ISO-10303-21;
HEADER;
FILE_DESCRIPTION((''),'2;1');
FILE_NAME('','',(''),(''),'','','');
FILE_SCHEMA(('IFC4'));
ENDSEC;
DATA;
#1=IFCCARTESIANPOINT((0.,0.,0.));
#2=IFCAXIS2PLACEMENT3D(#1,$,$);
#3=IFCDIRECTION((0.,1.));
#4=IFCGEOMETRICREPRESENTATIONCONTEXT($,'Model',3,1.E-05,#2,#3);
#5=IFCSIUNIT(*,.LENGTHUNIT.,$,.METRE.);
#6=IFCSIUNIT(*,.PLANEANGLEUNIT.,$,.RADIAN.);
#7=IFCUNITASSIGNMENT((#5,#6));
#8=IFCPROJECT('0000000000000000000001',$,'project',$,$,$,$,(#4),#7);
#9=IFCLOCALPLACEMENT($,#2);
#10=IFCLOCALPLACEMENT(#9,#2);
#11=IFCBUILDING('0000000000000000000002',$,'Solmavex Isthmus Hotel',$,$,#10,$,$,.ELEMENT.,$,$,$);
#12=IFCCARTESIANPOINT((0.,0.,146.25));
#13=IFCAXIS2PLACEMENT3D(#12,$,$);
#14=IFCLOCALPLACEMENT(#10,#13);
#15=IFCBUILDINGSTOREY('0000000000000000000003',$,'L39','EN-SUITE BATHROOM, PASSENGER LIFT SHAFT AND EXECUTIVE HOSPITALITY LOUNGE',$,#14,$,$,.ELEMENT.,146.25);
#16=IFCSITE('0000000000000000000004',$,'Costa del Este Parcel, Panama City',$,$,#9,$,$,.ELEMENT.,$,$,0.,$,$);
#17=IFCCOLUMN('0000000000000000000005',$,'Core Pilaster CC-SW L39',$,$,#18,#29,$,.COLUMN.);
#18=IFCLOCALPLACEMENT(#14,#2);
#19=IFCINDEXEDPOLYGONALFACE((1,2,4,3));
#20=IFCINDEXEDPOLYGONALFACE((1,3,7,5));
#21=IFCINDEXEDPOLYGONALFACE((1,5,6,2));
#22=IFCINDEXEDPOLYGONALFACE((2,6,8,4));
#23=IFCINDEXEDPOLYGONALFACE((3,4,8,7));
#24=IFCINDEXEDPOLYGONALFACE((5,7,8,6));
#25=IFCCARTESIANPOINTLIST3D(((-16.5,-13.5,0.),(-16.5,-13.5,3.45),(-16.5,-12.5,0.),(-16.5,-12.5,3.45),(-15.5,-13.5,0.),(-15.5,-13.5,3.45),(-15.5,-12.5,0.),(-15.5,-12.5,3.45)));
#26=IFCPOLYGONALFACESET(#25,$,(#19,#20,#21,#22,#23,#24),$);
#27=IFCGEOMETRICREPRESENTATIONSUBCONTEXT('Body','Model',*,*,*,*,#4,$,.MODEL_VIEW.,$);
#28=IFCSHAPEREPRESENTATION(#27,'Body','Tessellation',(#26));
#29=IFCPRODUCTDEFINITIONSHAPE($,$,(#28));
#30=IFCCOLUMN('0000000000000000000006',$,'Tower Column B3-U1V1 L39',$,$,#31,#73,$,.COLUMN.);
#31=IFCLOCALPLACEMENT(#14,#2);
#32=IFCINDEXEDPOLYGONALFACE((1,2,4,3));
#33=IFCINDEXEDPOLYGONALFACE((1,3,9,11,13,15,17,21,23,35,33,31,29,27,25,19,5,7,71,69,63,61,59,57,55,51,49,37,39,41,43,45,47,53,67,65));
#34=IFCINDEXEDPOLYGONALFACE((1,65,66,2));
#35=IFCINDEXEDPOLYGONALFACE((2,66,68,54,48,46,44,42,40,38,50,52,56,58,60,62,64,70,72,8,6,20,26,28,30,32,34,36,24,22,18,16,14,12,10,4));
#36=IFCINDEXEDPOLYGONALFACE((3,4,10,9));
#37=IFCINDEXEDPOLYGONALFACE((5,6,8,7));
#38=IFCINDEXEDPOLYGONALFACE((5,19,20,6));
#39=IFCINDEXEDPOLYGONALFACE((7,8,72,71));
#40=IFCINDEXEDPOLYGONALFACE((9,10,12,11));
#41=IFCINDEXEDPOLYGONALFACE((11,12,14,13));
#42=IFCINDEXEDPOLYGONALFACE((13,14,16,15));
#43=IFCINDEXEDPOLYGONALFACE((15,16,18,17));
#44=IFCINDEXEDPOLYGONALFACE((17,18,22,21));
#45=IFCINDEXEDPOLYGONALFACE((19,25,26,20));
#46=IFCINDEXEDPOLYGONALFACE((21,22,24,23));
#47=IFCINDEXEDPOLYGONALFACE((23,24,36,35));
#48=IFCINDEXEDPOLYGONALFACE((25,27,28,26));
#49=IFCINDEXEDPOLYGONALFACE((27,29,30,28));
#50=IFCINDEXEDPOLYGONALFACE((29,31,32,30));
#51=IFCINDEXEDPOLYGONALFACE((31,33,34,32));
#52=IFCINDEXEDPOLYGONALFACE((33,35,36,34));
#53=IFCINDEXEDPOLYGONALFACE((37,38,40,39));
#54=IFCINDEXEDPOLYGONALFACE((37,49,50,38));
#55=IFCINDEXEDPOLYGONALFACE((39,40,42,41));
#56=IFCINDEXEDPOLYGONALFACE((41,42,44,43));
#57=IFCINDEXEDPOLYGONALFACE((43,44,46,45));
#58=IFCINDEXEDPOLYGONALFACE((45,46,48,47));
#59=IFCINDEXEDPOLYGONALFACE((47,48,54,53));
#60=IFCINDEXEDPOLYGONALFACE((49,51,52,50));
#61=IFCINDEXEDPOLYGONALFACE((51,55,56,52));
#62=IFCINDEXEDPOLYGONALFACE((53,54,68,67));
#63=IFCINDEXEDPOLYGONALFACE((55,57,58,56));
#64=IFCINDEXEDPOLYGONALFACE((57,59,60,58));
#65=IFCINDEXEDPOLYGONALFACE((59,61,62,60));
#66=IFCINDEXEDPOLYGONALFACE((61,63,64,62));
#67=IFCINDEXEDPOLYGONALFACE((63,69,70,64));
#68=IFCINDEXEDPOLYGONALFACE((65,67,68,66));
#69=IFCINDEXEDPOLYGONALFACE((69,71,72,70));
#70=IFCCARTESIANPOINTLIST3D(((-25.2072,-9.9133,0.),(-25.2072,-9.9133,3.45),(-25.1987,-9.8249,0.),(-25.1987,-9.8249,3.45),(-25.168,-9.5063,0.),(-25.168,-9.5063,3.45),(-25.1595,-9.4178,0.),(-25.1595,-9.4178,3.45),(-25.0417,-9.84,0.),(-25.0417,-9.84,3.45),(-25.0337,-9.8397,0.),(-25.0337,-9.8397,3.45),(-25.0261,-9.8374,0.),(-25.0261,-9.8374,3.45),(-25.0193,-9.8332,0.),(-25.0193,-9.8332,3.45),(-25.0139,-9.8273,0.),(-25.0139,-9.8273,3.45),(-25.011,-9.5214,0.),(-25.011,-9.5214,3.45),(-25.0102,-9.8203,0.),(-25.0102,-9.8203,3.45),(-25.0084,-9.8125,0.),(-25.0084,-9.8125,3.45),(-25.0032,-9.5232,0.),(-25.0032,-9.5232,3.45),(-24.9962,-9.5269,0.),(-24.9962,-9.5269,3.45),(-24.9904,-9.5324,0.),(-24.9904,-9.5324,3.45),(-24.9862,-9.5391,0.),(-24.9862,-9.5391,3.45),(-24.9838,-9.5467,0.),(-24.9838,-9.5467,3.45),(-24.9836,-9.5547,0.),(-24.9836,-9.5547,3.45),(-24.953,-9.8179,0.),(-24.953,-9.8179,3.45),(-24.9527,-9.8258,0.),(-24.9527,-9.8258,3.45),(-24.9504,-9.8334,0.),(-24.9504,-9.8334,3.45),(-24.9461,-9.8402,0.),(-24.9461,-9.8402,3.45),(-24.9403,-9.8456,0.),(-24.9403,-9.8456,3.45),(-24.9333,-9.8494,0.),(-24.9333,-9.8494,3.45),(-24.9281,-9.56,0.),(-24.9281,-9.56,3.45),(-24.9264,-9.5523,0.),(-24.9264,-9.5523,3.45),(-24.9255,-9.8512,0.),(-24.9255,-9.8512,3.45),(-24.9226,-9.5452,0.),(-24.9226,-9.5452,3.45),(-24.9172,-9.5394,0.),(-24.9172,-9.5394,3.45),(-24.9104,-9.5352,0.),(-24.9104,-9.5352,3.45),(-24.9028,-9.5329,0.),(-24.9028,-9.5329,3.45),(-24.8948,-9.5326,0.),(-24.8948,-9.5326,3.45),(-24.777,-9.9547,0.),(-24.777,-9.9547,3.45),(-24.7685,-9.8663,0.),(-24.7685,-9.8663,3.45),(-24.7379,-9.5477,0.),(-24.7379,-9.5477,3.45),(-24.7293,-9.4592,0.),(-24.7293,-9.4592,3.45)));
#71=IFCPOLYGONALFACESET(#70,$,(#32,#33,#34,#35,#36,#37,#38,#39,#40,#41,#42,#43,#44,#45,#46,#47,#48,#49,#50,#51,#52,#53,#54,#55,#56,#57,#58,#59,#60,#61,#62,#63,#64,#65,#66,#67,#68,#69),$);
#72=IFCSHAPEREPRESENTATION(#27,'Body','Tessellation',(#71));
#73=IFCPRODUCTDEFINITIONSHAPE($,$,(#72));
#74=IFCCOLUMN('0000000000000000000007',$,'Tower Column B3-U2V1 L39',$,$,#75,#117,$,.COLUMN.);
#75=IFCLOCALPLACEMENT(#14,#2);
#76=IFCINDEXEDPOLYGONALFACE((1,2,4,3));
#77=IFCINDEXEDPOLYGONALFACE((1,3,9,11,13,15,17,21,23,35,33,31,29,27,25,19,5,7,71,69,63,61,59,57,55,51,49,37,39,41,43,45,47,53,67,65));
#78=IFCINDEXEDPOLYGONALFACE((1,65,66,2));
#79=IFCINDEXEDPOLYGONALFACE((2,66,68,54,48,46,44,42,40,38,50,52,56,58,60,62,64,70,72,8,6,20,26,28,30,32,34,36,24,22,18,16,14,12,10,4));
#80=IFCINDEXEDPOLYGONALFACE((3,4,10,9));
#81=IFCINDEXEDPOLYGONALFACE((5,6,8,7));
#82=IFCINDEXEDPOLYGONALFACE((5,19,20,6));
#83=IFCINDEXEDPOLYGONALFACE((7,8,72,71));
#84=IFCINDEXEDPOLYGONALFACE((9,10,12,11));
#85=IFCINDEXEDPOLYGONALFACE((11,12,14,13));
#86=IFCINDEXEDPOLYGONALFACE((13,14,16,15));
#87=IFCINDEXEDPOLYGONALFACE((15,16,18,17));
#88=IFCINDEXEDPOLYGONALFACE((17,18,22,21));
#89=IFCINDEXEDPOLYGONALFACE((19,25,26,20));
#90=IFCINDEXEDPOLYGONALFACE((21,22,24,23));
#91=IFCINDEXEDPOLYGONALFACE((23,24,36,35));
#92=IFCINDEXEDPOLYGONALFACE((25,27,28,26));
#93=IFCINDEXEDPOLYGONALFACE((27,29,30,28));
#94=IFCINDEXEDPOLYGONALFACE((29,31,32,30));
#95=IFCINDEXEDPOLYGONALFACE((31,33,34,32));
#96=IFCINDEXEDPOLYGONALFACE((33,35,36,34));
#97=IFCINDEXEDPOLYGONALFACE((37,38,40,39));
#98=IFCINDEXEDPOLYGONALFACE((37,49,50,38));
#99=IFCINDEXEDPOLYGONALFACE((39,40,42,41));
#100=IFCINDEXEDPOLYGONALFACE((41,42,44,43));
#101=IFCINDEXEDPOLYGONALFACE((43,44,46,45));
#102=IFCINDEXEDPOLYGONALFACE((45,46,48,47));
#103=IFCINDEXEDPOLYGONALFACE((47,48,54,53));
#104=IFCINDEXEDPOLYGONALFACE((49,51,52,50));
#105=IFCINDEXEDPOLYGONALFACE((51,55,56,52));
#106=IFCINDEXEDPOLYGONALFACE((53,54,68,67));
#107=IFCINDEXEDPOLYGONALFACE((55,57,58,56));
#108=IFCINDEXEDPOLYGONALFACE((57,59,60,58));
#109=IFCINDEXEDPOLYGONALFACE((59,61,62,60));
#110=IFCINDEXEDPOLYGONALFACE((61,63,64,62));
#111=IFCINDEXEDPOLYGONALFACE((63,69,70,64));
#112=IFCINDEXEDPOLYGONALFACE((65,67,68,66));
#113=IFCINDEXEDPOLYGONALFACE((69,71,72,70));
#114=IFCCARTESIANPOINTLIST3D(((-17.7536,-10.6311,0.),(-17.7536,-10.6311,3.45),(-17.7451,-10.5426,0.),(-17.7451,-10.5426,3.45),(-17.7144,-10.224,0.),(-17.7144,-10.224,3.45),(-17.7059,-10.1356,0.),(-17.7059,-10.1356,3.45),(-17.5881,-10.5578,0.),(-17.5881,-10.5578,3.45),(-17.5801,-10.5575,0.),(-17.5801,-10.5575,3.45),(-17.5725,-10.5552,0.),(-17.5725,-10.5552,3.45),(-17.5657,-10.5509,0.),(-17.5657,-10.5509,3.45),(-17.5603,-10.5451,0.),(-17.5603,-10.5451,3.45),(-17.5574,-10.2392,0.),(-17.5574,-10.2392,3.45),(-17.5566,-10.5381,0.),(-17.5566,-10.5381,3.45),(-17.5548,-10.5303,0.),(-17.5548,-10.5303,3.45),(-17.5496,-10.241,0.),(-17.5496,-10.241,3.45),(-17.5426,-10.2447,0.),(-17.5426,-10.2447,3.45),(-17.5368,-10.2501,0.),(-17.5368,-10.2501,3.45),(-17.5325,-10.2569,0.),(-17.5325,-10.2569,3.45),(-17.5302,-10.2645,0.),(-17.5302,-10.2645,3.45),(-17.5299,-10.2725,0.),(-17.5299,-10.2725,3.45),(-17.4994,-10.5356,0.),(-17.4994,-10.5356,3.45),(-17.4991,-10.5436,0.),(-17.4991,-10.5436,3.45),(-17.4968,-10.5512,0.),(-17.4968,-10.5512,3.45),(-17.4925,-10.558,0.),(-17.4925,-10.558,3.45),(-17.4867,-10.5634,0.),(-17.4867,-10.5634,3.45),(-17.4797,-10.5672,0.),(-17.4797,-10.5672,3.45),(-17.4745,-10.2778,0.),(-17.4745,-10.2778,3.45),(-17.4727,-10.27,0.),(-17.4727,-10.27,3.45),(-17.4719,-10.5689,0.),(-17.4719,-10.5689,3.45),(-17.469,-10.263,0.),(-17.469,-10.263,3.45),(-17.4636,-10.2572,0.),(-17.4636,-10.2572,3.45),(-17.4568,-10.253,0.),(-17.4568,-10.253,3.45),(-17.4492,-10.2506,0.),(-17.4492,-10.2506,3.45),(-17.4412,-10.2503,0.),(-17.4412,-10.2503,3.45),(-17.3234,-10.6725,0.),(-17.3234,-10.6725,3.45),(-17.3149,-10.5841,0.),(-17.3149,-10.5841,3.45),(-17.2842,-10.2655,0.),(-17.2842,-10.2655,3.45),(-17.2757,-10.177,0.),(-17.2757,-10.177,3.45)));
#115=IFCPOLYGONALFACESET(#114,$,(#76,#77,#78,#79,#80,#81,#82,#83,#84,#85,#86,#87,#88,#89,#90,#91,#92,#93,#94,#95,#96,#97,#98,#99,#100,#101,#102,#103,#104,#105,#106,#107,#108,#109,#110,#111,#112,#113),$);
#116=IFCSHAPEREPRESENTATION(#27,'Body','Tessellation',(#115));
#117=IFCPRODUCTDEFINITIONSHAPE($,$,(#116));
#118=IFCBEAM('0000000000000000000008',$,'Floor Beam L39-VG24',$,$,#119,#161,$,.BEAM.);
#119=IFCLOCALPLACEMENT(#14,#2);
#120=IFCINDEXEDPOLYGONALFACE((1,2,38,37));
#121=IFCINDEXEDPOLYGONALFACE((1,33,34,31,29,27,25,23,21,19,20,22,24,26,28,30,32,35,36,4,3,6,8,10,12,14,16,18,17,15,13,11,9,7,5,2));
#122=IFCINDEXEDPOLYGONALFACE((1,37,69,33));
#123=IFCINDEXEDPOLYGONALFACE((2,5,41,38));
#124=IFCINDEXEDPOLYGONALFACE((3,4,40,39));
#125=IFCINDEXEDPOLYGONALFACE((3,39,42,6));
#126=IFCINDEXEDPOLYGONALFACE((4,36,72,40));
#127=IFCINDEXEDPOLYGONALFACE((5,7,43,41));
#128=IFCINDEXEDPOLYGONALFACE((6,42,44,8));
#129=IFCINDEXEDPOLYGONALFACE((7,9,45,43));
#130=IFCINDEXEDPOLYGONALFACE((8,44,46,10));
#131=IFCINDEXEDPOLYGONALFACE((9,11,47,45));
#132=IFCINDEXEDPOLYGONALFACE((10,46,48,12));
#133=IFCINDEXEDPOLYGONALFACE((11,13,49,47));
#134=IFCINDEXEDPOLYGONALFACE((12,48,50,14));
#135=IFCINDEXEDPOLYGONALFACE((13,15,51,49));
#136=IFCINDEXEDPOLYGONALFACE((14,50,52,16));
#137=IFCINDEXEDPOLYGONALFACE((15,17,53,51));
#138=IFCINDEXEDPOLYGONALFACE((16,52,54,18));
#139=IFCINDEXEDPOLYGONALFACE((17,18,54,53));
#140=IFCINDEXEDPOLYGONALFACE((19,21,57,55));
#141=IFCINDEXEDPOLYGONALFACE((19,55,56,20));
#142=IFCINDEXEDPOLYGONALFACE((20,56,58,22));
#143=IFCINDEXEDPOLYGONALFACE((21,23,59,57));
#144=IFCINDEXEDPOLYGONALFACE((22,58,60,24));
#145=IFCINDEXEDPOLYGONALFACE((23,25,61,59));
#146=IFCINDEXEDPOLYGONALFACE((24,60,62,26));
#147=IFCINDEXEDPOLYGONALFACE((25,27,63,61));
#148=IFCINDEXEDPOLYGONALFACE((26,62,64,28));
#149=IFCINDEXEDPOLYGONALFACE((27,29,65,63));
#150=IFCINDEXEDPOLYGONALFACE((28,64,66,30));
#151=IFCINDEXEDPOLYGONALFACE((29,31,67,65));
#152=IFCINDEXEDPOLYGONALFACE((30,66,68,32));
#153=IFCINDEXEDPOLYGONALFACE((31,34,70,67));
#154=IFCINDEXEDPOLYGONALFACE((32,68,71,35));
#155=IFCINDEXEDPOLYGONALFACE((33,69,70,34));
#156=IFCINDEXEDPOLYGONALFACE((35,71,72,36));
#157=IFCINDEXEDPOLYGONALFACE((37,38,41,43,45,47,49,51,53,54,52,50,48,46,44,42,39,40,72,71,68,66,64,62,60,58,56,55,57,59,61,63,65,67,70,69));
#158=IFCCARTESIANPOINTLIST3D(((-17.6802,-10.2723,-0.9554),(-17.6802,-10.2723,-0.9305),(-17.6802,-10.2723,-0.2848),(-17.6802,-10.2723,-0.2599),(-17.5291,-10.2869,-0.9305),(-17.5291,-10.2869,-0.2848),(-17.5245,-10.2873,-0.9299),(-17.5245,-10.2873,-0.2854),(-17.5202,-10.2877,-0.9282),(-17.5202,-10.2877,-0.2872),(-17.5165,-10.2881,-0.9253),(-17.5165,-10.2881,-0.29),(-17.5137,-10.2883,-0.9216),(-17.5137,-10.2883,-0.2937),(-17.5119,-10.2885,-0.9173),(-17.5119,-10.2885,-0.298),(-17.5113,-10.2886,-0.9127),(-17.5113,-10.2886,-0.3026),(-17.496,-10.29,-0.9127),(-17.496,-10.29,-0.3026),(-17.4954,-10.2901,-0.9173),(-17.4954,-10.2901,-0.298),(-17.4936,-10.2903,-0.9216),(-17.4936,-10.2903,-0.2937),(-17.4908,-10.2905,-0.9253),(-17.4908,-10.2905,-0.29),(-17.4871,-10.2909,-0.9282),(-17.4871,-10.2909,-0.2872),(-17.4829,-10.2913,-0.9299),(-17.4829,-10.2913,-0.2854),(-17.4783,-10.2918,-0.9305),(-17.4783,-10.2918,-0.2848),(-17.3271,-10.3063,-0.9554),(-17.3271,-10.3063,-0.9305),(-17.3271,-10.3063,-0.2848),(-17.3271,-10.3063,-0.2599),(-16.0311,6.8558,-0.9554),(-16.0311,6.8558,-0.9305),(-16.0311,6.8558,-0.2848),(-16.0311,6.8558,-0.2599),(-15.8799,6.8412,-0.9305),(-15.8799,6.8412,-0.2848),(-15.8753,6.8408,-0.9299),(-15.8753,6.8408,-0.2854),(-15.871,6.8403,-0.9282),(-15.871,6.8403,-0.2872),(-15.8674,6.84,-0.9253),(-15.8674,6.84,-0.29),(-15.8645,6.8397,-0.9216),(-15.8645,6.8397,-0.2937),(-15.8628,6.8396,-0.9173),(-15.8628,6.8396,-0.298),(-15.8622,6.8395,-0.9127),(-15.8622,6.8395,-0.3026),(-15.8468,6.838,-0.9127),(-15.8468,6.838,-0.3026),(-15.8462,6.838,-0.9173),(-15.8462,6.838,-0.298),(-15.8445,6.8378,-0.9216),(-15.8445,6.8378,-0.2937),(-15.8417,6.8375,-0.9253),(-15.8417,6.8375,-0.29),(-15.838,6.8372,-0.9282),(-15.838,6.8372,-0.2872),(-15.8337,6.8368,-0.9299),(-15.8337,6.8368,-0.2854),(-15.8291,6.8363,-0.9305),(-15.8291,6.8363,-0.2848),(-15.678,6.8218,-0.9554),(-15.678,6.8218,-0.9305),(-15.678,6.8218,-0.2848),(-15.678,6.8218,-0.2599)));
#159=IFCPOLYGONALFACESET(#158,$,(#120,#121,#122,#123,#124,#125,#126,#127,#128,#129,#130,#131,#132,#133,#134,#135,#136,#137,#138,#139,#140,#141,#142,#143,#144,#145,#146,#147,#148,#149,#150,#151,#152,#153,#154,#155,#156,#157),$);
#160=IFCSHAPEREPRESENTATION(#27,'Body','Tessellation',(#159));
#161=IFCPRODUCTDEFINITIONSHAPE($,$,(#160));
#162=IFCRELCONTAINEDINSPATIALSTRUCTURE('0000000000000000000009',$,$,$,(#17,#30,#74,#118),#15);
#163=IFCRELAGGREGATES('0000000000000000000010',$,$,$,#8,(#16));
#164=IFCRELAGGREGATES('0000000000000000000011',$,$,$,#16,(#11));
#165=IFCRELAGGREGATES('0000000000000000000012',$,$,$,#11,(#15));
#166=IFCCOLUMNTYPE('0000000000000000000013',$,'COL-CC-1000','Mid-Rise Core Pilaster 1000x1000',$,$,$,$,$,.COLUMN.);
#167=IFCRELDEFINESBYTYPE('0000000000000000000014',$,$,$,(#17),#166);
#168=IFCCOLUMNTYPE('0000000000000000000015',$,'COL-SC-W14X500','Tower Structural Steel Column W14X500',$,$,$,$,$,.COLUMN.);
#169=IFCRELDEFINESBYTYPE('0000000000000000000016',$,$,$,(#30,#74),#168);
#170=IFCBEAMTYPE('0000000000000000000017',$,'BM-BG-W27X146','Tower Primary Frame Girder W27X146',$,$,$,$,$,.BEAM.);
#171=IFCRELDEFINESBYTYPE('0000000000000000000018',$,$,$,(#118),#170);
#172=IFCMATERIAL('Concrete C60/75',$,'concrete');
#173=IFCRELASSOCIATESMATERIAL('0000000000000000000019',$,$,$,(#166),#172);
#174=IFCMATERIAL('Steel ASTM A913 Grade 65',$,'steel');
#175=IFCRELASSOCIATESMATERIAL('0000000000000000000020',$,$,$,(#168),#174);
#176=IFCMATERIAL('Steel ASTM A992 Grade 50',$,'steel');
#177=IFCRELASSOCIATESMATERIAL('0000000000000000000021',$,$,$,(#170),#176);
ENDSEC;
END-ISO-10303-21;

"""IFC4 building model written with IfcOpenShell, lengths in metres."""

from ifc_helpers import new_model, si_unit, direction, frame, origin, origin_2d, place, context, subcontext, project, spatial, rectangle, i_section, extrude, material, material_profile, profile_set, type_object, element, save


model = new_model("IFC4")

# Units and contexts
model_context = context("Model", 3, precision=1e-05, world=origin(), true_north=direction((0.0, 1.0)))
body_context = subcontext(model_context, "Body", "Model", "MODEL_VIEW")
ifc_project = project(units=[si_unit("LENGTHUNIT", "METRE"), si_unit("PLANEANGLEUNIT", "RADIAN")], contexts=[model_context])

# Site, building, storey
site_placement = place(None, origin())
site = spatial("IfcSite", under=ifc_project, at=site_placement, Name="Costa del Este Parcel, Panama City", CompositionType="ELEMENT", RefElevation=0.0)
building_placement = place(site_placement, origin())
building = spatial("IfcBuilding", under=site, at=building_placement, Name="Solmavex Isthmus Hotel", CompositionType="ELEMENT")
storey_placement = place(building_placement, frame((0.0, 0.0, 146.25)))
storey = spatial("IfcBuildingStorey", under=building, at=storey_placement, Name="L39", Description="EN-SUITE BATHROOM, PASSENGER LIFT SHAFT AND EXECUTIVE HOSPITALITY LOUNGE", CompositionType="ELEMENT", Elevation=146.25)

# Columns
ifc_material_1 = material(Name="Concrete C60/75", Category="concrete")
ifc_material_profile_1 = material_profile(ifc_material_1, rectangle(XDim=1.0, YDim=1.0, at=origin_2d()), Name="RC1000X1000")
ifc_profile_set_1 = profile_set([ifc_material_profile_1], Name="Concrete C60/75")
column_type_1 = type_object("IfcColumnType", Name="COL-CC-1000", Description="Mid-Rise Core Pilaster 1000x1000", PredefinedType="COLUMN", material=ifc_profile_set_1)
column_placement = place(storey_placement, frame((-16.0, -13.0, 0.0), z_axis=(0.0, 0.0, 1.0), x_axis=(1.0, 0.0, 0.0)))
element("IfcColumn", 1, at=column_placement, inside=storey, type_object=column_type_1, Name="Core Pilaster CC-SW L39", PredefinedType="COLUMN", context=body_context, shape_type="SweptSolid", body=[
    extrude(rectangle(XDim=1.0, YDim=1.0, at=origin_2d()), origin(), (0.0, 0.0, 1.0), 3.45),
])
ifc_material_2 = material(Name="Steel ASTM A913 Grade 65", Category="steel")
ifc_material_profile_2 = material_profile(ifc_material_2, i_section(OverallWidth=0.4321, OverallDepth=0.4978, WebThickness=0.0557, FlangeThickness=0.0889, FilletRadius=0.0305, at=origin_2d()), Name="W14X500")
ifc_profile_set_2 = profile_set([ifc_material_profile_2], Name="Steel ASTM A913 Grade 65")
column_type_2 = type_object("IfcColumnType", Name="COL-SC-W14X500", Description="Tower Structural Steel Column W14X500", PredefinedType="COLUMN", material=ifc_profile_set_2)
for number, where, z_axis, x_axis, name in (
    (2, (-24.9683, -9.6863, 0.0), (0.0, 0.0, 1.0), (0.995396, -0.095846, 0.0), "Tower Column B3-U1V1 L39"),
    (3, (-17.5146, -10.4041, 0.0), (0.0, 0.0, 1.0), (0.995396, -0.095846, 0.0), "Tower Column B3-U2V1 L39"),
):
    element("IfcColumn", number, at=place(storey_placement, frame(where, z_axis=z_axis, x_axis=x_axis)), inside=storey, type_object=column_type_2, Name=name, PredefinedType="COLUMN", context=body_context, shape_type="SweptSolid", body=[
        extrude(i_section(OverallWidth=0.4321, OverallDepth=0.4978, WebThickness=0.0557, FlangeThickness=0.0889, FilletRadius=0.0305, at=origin_2d()), origin(), (0.0, 0.0, 1.0), 3.45),
    ])

# Beam
ifc_material_3 = material(Name="Steel ASTM A992 Grade 50", Category="steel")
ifc_material_profile_3 = material_profile(ifc_material_3, i_section(OverallWidth=0.3547, OverallDepth=0.6956, WebThickness=0.0154, FlangeThickness=0.0249, FilletRadius=0.0178, at=origin_2d()), Name="W27X146")
ifc_profile_set_3 = profile_set([ifc_material_profile_3], Name="Steel ASTM A992 Grade 50")
beam_type_1 = type_object("IfcBeamType", Name="BM-BG-W27X146", Description="Tower Primary Frame Girder W27X146", PredefinedType="BEAM", material=ifc_profile_set_3)
beam_1_placement = place(storey_placement, frame((-17.5037, -10.2893, -0.6077), z_axis=(0.095841, 0.995397, 0.0), x_axis=(-0.995397, 0.095841, 0.0)))
element("IfcBeam", 4, at=beam_1_placement, inside=storey, type_object=beam_type_1, Name="Floor Beam L39-VG24", PredefinedType="BEAM", context=body_context, shape_type="SweptSolid", body=[
    extrude(i_section(OverallWidth=0.3547, OverallDepth=0.6956, WebThickness=0.0154, FlangeThickness=0.0249, FilletRadius=0.0178, at=origin_2d()), origin(), (0.0, 0.0, 1.0), 17.2073),
])

save(model, "model.ifc")
